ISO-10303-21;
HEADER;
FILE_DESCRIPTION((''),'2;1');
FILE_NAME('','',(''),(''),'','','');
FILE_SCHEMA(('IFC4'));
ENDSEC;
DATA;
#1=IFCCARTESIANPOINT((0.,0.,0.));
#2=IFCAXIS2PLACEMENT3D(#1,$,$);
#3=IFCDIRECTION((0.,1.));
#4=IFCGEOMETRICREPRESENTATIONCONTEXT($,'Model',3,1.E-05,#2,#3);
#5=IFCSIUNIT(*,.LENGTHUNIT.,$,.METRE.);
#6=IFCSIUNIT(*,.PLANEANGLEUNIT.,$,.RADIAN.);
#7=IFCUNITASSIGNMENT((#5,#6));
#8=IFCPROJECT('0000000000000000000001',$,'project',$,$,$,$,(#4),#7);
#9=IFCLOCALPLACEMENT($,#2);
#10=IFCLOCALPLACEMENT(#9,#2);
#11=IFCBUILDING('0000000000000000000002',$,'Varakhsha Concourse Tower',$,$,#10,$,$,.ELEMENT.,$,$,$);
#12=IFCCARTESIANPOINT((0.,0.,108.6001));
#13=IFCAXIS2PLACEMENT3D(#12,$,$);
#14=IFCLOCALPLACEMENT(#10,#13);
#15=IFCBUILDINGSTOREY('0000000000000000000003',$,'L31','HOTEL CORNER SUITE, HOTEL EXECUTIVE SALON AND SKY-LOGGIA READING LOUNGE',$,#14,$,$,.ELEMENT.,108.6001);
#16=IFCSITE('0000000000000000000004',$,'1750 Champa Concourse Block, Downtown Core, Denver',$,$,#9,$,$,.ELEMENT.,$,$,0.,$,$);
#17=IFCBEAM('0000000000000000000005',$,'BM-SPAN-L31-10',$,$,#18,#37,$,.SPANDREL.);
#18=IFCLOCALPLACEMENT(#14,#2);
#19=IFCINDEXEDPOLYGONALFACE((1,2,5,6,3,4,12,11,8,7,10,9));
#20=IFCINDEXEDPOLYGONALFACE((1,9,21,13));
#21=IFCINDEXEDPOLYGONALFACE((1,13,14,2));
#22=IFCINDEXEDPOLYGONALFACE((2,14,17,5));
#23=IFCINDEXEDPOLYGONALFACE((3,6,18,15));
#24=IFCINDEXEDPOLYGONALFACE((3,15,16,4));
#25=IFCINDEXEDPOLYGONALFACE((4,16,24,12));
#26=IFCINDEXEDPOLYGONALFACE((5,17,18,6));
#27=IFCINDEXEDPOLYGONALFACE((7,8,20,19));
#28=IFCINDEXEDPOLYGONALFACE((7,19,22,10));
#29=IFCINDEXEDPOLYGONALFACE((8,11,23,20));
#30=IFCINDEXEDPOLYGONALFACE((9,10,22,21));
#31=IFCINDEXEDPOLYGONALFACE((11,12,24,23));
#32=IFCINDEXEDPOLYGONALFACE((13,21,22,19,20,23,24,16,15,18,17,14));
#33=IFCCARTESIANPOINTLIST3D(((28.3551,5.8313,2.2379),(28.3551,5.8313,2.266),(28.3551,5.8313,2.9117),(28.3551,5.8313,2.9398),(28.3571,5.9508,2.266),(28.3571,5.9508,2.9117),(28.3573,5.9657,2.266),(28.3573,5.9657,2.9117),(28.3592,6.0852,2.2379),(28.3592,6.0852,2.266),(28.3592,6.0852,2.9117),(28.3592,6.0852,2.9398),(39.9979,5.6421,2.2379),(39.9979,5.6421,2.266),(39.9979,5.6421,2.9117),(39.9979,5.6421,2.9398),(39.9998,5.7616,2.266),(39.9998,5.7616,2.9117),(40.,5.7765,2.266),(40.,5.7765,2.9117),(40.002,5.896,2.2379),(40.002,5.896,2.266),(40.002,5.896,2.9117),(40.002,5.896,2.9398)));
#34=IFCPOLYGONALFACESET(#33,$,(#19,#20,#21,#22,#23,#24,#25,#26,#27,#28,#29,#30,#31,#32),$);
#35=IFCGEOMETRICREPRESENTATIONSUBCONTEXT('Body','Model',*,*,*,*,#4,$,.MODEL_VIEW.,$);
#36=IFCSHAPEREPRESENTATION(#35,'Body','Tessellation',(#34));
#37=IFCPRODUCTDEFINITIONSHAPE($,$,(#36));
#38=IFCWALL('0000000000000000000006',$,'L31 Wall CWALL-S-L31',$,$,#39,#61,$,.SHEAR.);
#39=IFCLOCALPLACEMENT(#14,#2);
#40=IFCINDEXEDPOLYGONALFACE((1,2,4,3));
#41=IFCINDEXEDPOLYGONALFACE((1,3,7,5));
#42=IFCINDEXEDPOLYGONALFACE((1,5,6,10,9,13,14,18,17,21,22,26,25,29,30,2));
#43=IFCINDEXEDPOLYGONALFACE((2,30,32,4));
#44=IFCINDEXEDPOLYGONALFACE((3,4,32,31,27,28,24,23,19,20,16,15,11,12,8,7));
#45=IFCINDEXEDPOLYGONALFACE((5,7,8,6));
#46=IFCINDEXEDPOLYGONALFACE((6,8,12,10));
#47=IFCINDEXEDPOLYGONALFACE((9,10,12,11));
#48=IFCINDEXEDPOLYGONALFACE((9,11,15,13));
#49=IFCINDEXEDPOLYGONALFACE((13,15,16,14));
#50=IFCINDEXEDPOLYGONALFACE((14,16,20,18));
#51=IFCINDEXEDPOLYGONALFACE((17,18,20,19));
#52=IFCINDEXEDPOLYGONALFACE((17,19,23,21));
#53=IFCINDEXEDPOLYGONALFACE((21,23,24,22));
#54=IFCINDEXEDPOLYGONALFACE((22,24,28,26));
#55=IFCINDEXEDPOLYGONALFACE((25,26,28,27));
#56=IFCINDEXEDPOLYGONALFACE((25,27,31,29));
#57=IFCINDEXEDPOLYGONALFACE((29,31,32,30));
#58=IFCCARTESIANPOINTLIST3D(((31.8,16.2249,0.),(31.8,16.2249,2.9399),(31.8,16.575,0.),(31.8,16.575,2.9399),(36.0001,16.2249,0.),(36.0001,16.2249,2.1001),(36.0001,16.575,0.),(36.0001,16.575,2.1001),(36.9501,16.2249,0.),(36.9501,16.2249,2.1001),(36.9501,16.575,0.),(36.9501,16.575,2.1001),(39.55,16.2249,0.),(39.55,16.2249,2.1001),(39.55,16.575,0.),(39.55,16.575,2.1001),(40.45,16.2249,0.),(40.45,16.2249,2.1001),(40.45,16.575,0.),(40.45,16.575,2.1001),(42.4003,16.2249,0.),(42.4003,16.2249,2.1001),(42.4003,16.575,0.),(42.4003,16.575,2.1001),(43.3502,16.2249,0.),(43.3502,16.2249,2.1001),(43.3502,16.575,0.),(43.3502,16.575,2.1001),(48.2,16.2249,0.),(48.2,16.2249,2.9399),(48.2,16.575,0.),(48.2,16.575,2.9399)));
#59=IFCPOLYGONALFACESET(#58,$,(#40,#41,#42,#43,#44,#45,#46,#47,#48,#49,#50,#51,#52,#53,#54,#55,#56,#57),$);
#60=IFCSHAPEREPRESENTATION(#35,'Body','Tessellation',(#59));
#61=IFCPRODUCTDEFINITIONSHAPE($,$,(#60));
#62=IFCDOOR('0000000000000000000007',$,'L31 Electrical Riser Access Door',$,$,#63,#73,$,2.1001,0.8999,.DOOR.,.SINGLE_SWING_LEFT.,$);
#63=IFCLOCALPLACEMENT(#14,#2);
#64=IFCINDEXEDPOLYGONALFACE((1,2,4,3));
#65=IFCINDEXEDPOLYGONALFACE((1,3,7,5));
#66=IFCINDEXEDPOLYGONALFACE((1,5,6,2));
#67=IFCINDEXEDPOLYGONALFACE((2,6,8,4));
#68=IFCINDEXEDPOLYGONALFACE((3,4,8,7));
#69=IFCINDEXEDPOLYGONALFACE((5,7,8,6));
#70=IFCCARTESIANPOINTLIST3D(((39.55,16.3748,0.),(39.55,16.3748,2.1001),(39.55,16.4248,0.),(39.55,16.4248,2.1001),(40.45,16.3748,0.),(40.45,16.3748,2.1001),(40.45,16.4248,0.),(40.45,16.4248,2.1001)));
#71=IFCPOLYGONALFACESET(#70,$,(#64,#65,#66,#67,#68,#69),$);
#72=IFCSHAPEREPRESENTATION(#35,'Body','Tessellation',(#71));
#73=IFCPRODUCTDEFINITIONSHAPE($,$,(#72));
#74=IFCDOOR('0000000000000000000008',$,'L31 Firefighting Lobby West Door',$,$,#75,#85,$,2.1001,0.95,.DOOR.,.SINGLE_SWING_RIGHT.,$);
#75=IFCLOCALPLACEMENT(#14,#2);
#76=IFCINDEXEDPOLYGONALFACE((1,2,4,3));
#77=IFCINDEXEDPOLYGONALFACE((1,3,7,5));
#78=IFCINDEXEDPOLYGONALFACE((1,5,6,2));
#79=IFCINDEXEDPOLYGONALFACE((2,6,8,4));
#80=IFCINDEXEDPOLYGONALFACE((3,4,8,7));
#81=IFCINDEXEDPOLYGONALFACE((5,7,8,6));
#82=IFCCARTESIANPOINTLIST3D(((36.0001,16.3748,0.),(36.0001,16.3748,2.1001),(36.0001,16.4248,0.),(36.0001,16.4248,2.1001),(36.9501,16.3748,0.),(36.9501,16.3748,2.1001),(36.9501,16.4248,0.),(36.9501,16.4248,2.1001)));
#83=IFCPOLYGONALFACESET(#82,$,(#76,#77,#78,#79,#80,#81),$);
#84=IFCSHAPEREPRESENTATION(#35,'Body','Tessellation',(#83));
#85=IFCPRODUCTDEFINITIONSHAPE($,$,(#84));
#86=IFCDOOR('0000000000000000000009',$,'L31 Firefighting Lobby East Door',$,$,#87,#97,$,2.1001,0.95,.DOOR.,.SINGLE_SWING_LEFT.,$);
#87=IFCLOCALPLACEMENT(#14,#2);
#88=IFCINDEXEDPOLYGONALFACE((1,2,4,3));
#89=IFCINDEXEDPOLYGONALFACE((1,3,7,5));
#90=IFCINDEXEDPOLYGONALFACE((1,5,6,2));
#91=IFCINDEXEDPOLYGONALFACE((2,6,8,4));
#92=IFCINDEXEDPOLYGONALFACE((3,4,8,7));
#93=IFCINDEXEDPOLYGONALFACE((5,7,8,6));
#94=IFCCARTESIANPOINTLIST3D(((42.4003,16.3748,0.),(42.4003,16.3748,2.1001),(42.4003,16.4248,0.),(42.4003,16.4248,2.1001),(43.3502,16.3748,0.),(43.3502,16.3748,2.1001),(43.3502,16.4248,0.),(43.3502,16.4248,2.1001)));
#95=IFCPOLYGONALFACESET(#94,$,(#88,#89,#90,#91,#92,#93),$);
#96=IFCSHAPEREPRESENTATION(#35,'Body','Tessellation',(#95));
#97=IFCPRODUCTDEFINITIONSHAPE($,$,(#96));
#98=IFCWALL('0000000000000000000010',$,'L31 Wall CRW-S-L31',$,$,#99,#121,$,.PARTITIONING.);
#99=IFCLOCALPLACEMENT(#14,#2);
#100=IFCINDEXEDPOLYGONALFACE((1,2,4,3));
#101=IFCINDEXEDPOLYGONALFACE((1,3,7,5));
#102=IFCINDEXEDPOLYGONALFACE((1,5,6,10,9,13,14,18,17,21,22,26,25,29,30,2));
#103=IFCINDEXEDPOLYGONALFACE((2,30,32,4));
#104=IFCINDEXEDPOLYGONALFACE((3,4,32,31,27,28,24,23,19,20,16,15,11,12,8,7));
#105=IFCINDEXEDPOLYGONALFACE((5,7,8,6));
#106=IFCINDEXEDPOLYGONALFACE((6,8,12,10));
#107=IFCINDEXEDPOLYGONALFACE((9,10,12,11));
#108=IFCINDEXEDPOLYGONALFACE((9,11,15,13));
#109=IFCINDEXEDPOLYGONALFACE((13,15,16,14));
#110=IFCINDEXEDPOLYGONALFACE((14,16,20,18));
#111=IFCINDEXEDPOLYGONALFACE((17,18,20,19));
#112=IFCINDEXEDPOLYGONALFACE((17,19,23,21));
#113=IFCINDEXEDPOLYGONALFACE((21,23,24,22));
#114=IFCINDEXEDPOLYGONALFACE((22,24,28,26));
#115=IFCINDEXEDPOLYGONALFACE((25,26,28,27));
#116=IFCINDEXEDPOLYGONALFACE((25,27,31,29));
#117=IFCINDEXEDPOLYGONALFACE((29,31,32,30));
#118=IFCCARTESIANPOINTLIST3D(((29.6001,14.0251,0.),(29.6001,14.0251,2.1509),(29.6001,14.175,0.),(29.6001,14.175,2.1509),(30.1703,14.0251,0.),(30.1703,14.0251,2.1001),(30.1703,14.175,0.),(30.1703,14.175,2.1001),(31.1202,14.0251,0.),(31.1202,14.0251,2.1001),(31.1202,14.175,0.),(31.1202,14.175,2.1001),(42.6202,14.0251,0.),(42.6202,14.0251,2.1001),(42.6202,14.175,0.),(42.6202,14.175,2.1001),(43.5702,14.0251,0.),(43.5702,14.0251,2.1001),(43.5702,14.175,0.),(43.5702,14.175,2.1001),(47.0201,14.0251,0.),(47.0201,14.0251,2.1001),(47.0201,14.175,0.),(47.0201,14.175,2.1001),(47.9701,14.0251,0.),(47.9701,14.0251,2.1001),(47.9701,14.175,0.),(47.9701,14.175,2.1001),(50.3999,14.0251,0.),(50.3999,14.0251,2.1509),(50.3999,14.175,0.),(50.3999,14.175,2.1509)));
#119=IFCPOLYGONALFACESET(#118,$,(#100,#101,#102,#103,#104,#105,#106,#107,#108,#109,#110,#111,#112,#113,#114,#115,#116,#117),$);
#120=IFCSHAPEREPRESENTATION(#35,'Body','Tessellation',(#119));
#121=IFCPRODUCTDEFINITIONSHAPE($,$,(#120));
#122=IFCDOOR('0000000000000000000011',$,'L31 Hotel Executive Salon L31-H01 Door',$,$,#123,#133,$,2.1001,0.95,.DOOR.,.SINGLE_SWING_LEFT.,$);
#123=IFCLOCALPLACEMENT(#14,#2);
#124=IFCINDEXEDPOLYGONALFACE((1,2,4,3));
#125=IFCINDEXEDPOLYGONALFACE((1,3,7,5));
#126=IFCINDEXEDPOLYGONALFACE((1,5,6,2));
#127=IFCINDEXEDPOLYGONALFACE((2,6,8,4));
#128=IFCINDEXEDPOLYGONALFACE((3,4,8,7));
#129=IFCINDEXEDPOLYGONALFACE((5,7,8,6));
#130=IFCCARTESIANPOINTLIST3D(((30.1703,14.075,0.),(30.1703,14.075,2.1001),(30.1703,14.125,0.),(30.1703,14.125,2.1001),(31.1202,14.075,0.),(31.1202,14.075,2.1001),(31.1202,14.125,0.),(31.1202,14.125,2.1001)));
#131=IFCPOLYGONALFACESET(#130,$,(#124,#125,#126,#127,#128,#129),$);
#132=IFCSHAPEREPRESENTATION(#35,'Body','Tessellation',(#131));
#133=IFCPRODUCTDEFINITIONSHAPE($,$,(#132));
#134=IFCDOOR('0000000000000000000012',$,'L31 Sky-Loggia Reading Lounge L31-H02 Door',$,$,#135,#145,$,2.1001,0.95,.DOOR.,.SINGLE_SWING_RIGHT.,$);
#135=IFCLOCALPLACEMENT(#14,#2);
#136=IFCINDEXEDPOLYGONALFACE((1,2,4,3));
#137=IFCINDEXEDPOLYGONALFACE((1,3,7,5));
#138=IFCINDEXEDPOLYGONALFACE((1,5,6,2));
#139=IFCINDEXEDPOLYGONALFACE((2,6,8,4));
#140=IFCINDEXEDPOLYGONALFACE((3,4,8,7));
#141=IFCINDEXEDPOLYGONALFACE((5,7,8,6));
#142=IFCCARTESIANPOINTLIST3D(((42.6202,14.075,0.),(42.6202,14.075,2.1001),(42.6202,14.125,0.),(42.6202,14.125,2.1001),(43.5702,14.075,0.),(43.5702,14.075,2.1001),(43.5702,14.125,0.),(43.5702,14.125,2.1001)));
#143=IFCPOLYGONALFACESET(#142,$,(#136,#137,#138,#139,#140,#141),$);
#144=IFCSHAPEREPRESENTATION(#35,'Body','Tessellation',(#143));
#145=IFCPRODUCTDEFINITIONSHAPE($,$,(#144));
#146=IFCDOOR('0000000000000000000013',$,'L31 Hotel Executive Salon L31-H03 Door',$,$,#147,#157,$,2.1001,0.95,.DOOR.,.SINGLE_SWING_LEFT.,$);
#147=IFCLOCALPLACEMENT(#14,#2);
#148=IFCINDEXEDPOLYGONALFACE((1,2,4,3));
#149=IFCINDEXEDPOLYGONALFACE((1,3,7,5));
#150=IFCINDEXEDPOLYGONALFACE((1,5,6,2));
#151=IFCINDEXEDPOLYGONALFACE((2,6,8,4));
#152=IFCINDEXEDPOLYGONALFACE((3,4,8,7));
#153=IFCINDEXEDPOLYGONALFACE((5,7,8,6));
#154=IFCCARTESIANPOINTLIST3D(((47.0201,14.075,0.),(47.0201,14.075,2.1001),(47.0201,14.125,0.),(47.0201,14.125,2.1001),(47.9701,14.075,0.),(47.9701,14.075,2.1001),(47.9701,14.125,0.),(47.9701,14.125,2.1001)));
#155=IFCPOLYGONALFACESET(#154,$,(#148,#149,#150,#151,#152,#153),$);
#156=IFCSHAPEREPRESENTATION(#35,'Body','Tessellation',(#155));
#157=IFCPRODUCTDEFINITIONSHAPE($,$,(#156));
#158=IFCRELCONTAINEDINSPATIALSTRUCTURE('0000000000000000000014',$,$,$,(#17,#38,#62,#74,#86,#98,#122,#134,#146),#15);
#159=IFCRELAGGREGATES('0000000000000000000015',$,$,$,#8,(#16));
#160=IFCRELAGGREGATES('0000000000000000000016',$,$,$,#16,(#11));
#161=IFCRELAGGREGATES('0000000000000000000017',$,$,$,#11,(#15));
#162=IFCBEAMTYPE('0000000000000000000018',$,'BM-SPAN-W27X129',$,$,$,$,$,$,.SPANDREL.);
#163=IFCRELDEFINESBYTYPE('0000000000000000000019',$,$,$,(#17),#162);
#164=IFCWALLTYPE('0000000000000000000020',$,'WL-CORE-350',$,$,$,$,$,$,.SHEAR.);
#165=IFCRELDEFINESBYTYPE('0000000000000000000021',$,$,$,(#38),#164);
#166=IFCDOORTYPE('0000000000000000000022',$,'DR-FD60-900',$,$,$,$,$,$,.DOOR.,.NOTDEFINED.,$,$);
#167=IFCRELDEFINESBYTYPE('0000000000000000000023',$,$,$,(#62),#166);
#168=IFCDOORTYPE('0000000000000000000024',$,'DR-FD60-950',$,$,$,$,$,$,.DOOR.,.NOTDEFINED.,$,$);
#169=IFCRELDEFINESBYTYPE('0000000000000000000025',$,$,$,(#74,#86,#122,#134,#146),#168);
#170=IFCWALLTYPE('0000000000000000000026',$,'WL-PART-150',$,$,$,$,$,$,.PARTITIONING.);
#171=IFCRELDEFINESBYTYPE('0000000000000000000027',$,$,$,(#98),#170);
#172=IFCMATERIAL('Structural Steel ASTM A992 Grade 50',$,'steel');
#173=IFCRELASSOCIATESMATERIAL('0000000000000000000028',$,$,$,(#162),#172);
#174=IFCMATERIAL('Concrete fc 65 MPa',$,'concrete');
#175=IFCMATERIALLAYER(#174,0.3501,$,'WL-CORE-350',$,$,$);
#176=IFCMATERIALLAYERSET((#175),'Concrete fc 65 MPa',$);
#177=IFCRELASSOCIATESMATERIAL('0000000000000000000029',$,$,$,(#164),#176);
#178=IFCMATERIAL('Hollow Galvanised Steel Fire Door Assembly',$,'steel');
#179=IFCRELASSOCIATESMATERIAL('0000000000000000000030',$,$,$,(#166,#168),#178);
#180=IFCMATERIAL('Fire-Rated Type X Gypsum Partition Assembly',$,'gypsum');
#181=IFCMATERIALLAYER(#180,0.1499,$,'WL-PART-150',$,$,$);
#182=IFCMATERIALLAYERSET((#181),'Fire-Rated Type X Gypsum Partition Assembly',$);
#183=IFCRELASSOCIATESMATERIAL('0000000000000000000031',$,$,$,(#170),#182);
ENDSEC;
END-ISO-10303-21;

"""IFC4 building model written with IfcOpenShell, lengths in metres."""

from ifc_helpers import new_model, si_unit, direction, frame, frame_2d, origin, origin_2d, place, context, subcontext, project, spatial, rectangle, i_section, extrude, material, layer, layer_set, material_profile, profile_set, type_object, element, fill, save


model = new_model("IFC4")

# Units and contexts
model_context = context("Model", 3, precision=1e-05, world=origin(), true_north=direction((0.0, 1.0)))
body_context = subcontext(model_context, "Body", "Model", "MODEL_VIEW")
ifc_project = project(units=[si_unit("LENGTHUNIT", "METRE"), si_unit("PLANEANGLEUNIT", "RADIAN")], contexts=[model_context])

# Site, building, storey
site_placement = place(None, origin())
site = spatial("IfcSite", under=ifc_project, at=site_placement, Name="1750 Champa Concourse Block, Downtown Core, Denver", CompositionType="ELEMENT", RefElevation=0.0)
building_placement = place(site_placement, origin())
building = spatial("IfcBuilding", under=site, at=building_placement, Name="Varakhsha Concourse Tower", CompositionType="ELEMENT")
storey_placement = place(building_placement, frame((0.0, 0.0, 108.6001)))
storey = spatial("IfcBuildingStorey", under=building, at=storey_placement, Name="L31", Description="HOTEL CORNER SUITE, HOTEL EXECUTIVE SALON AND SKY-LOGGIA READING LOUNGE", CompositionType="ELEMENT", Elevation=108.6001)

# Shared definitions
ifc_material_1 = material(Name="Structural Steel ASTM A992 Grade 50", Category="steel")

# Beam
ifc_material_profile_1 = material_profile(ifc_material_1, i_section(OverallWidth=0.2539, OverallDepth=0.7019, WebThickness=0.0149, FlangeThickness=0.0281, at=origin_2d()), Name="W27X129")
ifc_profile_set_1 = profile_set([ifc_material_profile_1], Name="Structural Steel ASTM A992 Grade 50")
beam_type_1 = type_object("IfcBeamType", Name="BM-SPAN-W27X129", PredefinedType="SPANDREL", material=ifc_profile_set_1)
beam_1_placement = place(storey_placement, frame((28.3572, 5.9583, 2.5889), z_axis=(0.999868, -0.016249, 0.0), x_axis=(0.016249, 0.999868, 0.0)))
element("IfcBeam", 1, at=beam_1_placement, inside=storey, type_object=beam_type_1, Name="BM-SPAN-L31-10", PredefinedType="SPANDREL", context=body_context, shape_type="SweptSolid", body=[
    extrude(i_section(OverallWidth=0.2539, OverallDepth=0.7019, WebThickness=0.0149, FlangeThickness=0.0281, at=origin_2d()), origin(), (0.0, 0.0, 1.0), 11.6443),
])

# Walls, openings, doors
ifc_material_2 = material(Name="Concrete fc 65 MPa", Category="concrete")
ifc_layer_1 = layer(ifc_material_2, 0.3501, Name="WL-CORE-350")
ifc_layer_set_1 = layer_set([ifc_layer_1], Name="Concrete fc 65 MPa")
wall_type_1 = type_object("IfcWallType", Name="WL-CORE-350", PredefinedType="SHEAR", material=ifc_layer_set_1)
wall_1_placement = place(storey_placement, frame((31.8, 16.3999, 0.0), z_axis=(0.0, 0.0, 1.0), x_axis=(1.0, 0.0, 0.0)))
wall_1 = element("IfcWall", 2, at=wall_1_placement, inside=storey, type_object=wall_type_1, Name="L31 Wall CWALL-S-L31", PredefinedType="SHEAR", context=body_context, shape_type="SweptSolid", body=[
    extrude(rectangle(XDim=16.3999, YDim=0.3501, at=frame_2d((8.2, 0.0))), origin(), (0.0, 0.0, 1.0), 2.9399),
])
opening_1_placement = place(wall_1_placement, frame((7.75, 0.0, 0.0)))
opening_1 = element("IfcOpeningElement", 3, at=opening_1_placement, cuts=wall_1, PredefinedType="OPENING", context=body_context, shape_type="SweptSolid", body=[
    extrude(rectangle(XDim=0.8999, YDim=2.1001, at=frame_2d((0.45, 1.05))), frame((0.0, 0.1851, 0.0), z_axis=(0.0, -1.0, 0.0), x_axis=(1.0, 0.0, 0.0)), (0.0, 0.0, 1.0), 0.3701),
])
opening_2_placement = place(wall_1_placement, frame((4.2, 0.0, 0.0)))
opening_2 = element("IfcOpeningElement", 4, at=opening_2_placement, cuts=wall_1, PredefinedType="OPENING", context=body_context, shape_type="SweptSolid", body=[
    extrude(rectangle(XDim=0.95, YDim=2.1001, at=frame_2d((0.4751, 1.05))), frame((0.0, 0.1851, 0.0), z_axis=(0.0, -1.0, 0.0), x_axis=(1.0, 0.0, 0.0)), (0.0, 0.0, 1.0), 0.3701),
])
opening_3_placement = place(wall_1_placement, frame((10.6001, 0.0, 0.0)))
opening_3 = element("IfcOpeningElement", 5, at=opening_3_placement, cuts=wall_1, PredefinedType="OPENING", context=body_context, shape_type="SweptSolid", body=[
    extrude(rectangle(XDim=0.95, YDim=2.1001, at=frame_2d((0.4751, 1.05))), frame((0.0, 0.1851, 0.0), z_axis=(0.0, -1.0, 0.0), x_axis=(1.0, 0.0, 0.0)), (0.0, 0.0, 1.0), 0.3701),
])
ifc_material_3 = material(Name="Hollow Galvanised Steel Fire Door Assembly", Category="steel")
door_type_1 = type_object("IfcDoorType", Name="DR-FD60-900", OperationType="NOTDEFINED", PredefinedType="DOOR", material=ifc_material_3)
door_1_placement = place(opening_1_placement, origin())
door_1 = element("IfcDoor", 6, at=door_1_placement, inside=storey, type_object=door_type_1, Name="L31 Electrical Riser Access Door", OperationType="SINGLE_SWING_LEFT", OverallHeight=2.1001, OverallWidth=0.8999, PredefinedType="DOOR", context=body_context, shape_type="SweptSolid", body=[
    extrude(rectangle(XDim=0.8999, YDim=2.1001, at=frame_2d((0.45, 1.05))), frame((0.0, 0.0249, 0.0), z_axis=(0.0, -1.0, 0.0), x_axis=(1.0, 0.0, 0.0)), (0.0, 0.0, 1.0), 0.05),
])
fill(opening_1, door_1)
door_type_2 = type_object("IfcDoorType", Name="DR-FD60-950", OperationType="NOTDEFINED", PredefinedType="DOOR", material=ifc_material_3)
door_2_placement = place(opening_2_placement, origin())
door_2 = element("IfcDoor", 7, at=door_2_placement, inside=storey, type_object=door_type_2, Name="L31 Firefighting Lobby West Door", OperationType="SINGLE_SWING_RIGHT", OverallHeight=2.1001, OverallWidth=0.95, PredefinedType="DOOR", context=body_context, shape_type="SweptSolid", body=[
    extrude(rectangle(XDim=0.95, YDim=2.1001, at=frame_2d((0.4751, 1.05))), frame((0.0, 0.0249, 0.0), z_axis=(0.0, -1.0, 0.0), x_axis=(1.0, 0.0, 0.0)), (0.0, 0.0, 1.0), 0.05),
])
fill(opening_2, door_2)
door_3_placement = place(opening_3_placement, origin())
door_3 = element("IfcDoor", 8, at=door_3_placement, inside=storey, type_object=door_type_2, Name="L31 Firefighting Lobby East Door", OperationType="SINGLE_SWING_LEFT", OverallHeight=2.1001, OverallWidth=0.95, PredefinedType="DOOR", context=body_context, shape_type="SweptSolid", body=[
    extrude(rectangle(XDim=0.95, YDim=2.1001, at=frame_2d((0.4751, 1.05))), frame((0.0, 0.0249, 0.0), z_axis=(0.0, -1.0, 0.0), x_axis=(1.0, 0.0, 0.0)), (0.0, 0.0, 1.0), 0.05),
])
fill(opening_3, door_3)
ifc_material_4 = material(Name="Fire-Rated Type X Gypsum Partition Assembly", Category="gypsum")
ifc_layer_2 = layer(ifc_material_4, 0.1499, Name="WL-PART-150")
ifc_layer_set_2 = layer_set([ifc_layer_2], Name="Fire-Rated Type X Gypsum Partition Assembly")
wall_type_2 = type_object("IfcWallType", Name="WL-PART-150", PredefinedType="PARTITIONING", material=ifc_layer_set_2)
wall_2_placement = place(storey_placement, frame((29.6001, 14.1001, 0.0), z_axis=(0.0, 0.0, 1.0), x_axis=(1.0, 0.0, 0.0)))
wall_2 = element("IfcWall", 9, at=wall_2_placement, inside=storey, type_object=wall_type_2, Name="L31 Wall CRW-S-L31", PredefinedType="PARTITIONING", context=body_context, shape_type="SweptSolid", body=[
    extrude(rectangle(XDim=20.7998, YDim=0.1499, at=frame_2d((10.3999, 0.0))), origin(), (0.0, 0.0, 1.0), 2.1509),
])
opening_4_placement = place(wall_2_placement, frame((0.5701, 0.0, 0.0)))
opening_4 = element("IfcOpeningElement", 10, at=opening_4_placement, cuts=wall_2, PredefinedType="OPENING", context=body_context, shape_type="SweptSolid", body=[
    extrude(rectangle(XDim=0.95, YDim=2.1001, at=frame_2d((0.4751, 1.05))), frame((0.0, 0.085, 0.0), z_axis=(0.0, -1.0, 0.0), x_axis=(1.0, 0.0, 0.0)), (0.0, 0.0, 1.0), 0.1699),
])
opening_5_placement = place(wall_2_placement, frame((13.02, 0.0, 0.0)))
opening_5 = element("IfcOpeningElement", 11, at=opening_5_placement, cuts=wall_2, PredefinedType="OPENING", context=body_context, shape_type="SweptSolid", body=[
    extrude(rectangle(XDim=0.95, YDim=2.1001, at=frame_2d((0.4751, 1.05))), frame((0.0, 0.085, 0.0), z_axis=(0.0, -1.0, 0.0), x_axis=(1.0, 0.0, 0.0)), (0.0, 0.0, 1.0), 0.1699),
])
opening_6_placement = place(wall_2_placement, frame((17.4199, 0.0, 0.0)))
opening_6 = element("IfcOpeningElement", 12, at=opening_6_placement, cuts=wall_2, PredefinedType="OPENING", context=body_context, shape_type="SweptSolid", body=[
    extrude(rectangle(XDim=0.95, YDim=2.1001, at=frame_2d((0.4751, 1.05))), frame((0.0, 0.085, 0.0), z_axis=(0.0, -1.0, 0.0), x_axis=(1.0, 0.0, 0.0)), (0.0, 0.0, 1.0), 0.1699),
])
door_4_placement = place(opening_4_placement, origin())
door_4 = element("IfcDoor", 13, at=door_4_placement, inside=storey, type_object=door_type_2, Name="L31 Hotel Executive Salon L31-H01 Door", OperationType="SINGLE_SWING_LEFT", OverallHeight=2.1001, OverallWidth=0.95, PredefinedType="DOOR", context=body_context, shape_type="SweptSolid", body=[
    extrude(rectangle(XDim=0.95, YDim=2.1001, at=frame_2d((0.4751, 1.05))), frame((0.0, 0.0249, 0.0), z_axis=(0.0, -1.0, 0.0), x_axis=(1.0, 0.0, 0.0)), (0.0, 0.0, 1.0), 0.05),
])
fill(opening_4, door_4)
door_5_placement = place(opening_5_placement, origin())
door_5 = element("IfcDoor", 14, at=door_5_placement, inside=storey, type_object=door_type_2, Name="L31 Sky-Loggia Reading Lounge L31-H02 Door", OperationType="SINGLE_SWING_RIGHT", OverallHeight=2.1001, OverallWidth=0.95, PredefinedType="DOOR", context=body_context, shape_type="SweptSolid", body=[
    extrude(rectangle(XDim=0.95, YDim=2.1001, at=frame_2d((0.4751, 1.05))), frame((0.0, 0.0249, 0.0), z_axis=(0.0, -1.0, 0.0), x_axis=(1.0, 0.0, 0.0)), (0.0, 0.0, 1.0), 0.05),
])
fill(opening_5, door_5)
door_6_placement = place(opening_6_placement, origin())
door_6 = element("IfcDoor", 15, at=door_6_placement, inside=storey, type_object=door_type_2, Name="L31 Hotel Executive Salon L31-H03 Door", OperationType="SINGLE_SWING_LEFT", OverallHeight=2.1001, OverallWidth=0.95, PredefinedType="DOOR", context=body_context, shape_type="SweptSolid", body=[
    extrude(rectangle(XDim=0.95, YDim=2.1001, at=frame_2d((0.4751, 1.05))), frame((0.0, 0.0249, 0.0), z_axis=(0.0, -1.0, 0.0), x_axis=(1.0, 0.0, 0.0)), (0.0, 0.0, 1.0), 0.05),
])
fill(opening_6, door_6)

save(model, "model.ifc")
